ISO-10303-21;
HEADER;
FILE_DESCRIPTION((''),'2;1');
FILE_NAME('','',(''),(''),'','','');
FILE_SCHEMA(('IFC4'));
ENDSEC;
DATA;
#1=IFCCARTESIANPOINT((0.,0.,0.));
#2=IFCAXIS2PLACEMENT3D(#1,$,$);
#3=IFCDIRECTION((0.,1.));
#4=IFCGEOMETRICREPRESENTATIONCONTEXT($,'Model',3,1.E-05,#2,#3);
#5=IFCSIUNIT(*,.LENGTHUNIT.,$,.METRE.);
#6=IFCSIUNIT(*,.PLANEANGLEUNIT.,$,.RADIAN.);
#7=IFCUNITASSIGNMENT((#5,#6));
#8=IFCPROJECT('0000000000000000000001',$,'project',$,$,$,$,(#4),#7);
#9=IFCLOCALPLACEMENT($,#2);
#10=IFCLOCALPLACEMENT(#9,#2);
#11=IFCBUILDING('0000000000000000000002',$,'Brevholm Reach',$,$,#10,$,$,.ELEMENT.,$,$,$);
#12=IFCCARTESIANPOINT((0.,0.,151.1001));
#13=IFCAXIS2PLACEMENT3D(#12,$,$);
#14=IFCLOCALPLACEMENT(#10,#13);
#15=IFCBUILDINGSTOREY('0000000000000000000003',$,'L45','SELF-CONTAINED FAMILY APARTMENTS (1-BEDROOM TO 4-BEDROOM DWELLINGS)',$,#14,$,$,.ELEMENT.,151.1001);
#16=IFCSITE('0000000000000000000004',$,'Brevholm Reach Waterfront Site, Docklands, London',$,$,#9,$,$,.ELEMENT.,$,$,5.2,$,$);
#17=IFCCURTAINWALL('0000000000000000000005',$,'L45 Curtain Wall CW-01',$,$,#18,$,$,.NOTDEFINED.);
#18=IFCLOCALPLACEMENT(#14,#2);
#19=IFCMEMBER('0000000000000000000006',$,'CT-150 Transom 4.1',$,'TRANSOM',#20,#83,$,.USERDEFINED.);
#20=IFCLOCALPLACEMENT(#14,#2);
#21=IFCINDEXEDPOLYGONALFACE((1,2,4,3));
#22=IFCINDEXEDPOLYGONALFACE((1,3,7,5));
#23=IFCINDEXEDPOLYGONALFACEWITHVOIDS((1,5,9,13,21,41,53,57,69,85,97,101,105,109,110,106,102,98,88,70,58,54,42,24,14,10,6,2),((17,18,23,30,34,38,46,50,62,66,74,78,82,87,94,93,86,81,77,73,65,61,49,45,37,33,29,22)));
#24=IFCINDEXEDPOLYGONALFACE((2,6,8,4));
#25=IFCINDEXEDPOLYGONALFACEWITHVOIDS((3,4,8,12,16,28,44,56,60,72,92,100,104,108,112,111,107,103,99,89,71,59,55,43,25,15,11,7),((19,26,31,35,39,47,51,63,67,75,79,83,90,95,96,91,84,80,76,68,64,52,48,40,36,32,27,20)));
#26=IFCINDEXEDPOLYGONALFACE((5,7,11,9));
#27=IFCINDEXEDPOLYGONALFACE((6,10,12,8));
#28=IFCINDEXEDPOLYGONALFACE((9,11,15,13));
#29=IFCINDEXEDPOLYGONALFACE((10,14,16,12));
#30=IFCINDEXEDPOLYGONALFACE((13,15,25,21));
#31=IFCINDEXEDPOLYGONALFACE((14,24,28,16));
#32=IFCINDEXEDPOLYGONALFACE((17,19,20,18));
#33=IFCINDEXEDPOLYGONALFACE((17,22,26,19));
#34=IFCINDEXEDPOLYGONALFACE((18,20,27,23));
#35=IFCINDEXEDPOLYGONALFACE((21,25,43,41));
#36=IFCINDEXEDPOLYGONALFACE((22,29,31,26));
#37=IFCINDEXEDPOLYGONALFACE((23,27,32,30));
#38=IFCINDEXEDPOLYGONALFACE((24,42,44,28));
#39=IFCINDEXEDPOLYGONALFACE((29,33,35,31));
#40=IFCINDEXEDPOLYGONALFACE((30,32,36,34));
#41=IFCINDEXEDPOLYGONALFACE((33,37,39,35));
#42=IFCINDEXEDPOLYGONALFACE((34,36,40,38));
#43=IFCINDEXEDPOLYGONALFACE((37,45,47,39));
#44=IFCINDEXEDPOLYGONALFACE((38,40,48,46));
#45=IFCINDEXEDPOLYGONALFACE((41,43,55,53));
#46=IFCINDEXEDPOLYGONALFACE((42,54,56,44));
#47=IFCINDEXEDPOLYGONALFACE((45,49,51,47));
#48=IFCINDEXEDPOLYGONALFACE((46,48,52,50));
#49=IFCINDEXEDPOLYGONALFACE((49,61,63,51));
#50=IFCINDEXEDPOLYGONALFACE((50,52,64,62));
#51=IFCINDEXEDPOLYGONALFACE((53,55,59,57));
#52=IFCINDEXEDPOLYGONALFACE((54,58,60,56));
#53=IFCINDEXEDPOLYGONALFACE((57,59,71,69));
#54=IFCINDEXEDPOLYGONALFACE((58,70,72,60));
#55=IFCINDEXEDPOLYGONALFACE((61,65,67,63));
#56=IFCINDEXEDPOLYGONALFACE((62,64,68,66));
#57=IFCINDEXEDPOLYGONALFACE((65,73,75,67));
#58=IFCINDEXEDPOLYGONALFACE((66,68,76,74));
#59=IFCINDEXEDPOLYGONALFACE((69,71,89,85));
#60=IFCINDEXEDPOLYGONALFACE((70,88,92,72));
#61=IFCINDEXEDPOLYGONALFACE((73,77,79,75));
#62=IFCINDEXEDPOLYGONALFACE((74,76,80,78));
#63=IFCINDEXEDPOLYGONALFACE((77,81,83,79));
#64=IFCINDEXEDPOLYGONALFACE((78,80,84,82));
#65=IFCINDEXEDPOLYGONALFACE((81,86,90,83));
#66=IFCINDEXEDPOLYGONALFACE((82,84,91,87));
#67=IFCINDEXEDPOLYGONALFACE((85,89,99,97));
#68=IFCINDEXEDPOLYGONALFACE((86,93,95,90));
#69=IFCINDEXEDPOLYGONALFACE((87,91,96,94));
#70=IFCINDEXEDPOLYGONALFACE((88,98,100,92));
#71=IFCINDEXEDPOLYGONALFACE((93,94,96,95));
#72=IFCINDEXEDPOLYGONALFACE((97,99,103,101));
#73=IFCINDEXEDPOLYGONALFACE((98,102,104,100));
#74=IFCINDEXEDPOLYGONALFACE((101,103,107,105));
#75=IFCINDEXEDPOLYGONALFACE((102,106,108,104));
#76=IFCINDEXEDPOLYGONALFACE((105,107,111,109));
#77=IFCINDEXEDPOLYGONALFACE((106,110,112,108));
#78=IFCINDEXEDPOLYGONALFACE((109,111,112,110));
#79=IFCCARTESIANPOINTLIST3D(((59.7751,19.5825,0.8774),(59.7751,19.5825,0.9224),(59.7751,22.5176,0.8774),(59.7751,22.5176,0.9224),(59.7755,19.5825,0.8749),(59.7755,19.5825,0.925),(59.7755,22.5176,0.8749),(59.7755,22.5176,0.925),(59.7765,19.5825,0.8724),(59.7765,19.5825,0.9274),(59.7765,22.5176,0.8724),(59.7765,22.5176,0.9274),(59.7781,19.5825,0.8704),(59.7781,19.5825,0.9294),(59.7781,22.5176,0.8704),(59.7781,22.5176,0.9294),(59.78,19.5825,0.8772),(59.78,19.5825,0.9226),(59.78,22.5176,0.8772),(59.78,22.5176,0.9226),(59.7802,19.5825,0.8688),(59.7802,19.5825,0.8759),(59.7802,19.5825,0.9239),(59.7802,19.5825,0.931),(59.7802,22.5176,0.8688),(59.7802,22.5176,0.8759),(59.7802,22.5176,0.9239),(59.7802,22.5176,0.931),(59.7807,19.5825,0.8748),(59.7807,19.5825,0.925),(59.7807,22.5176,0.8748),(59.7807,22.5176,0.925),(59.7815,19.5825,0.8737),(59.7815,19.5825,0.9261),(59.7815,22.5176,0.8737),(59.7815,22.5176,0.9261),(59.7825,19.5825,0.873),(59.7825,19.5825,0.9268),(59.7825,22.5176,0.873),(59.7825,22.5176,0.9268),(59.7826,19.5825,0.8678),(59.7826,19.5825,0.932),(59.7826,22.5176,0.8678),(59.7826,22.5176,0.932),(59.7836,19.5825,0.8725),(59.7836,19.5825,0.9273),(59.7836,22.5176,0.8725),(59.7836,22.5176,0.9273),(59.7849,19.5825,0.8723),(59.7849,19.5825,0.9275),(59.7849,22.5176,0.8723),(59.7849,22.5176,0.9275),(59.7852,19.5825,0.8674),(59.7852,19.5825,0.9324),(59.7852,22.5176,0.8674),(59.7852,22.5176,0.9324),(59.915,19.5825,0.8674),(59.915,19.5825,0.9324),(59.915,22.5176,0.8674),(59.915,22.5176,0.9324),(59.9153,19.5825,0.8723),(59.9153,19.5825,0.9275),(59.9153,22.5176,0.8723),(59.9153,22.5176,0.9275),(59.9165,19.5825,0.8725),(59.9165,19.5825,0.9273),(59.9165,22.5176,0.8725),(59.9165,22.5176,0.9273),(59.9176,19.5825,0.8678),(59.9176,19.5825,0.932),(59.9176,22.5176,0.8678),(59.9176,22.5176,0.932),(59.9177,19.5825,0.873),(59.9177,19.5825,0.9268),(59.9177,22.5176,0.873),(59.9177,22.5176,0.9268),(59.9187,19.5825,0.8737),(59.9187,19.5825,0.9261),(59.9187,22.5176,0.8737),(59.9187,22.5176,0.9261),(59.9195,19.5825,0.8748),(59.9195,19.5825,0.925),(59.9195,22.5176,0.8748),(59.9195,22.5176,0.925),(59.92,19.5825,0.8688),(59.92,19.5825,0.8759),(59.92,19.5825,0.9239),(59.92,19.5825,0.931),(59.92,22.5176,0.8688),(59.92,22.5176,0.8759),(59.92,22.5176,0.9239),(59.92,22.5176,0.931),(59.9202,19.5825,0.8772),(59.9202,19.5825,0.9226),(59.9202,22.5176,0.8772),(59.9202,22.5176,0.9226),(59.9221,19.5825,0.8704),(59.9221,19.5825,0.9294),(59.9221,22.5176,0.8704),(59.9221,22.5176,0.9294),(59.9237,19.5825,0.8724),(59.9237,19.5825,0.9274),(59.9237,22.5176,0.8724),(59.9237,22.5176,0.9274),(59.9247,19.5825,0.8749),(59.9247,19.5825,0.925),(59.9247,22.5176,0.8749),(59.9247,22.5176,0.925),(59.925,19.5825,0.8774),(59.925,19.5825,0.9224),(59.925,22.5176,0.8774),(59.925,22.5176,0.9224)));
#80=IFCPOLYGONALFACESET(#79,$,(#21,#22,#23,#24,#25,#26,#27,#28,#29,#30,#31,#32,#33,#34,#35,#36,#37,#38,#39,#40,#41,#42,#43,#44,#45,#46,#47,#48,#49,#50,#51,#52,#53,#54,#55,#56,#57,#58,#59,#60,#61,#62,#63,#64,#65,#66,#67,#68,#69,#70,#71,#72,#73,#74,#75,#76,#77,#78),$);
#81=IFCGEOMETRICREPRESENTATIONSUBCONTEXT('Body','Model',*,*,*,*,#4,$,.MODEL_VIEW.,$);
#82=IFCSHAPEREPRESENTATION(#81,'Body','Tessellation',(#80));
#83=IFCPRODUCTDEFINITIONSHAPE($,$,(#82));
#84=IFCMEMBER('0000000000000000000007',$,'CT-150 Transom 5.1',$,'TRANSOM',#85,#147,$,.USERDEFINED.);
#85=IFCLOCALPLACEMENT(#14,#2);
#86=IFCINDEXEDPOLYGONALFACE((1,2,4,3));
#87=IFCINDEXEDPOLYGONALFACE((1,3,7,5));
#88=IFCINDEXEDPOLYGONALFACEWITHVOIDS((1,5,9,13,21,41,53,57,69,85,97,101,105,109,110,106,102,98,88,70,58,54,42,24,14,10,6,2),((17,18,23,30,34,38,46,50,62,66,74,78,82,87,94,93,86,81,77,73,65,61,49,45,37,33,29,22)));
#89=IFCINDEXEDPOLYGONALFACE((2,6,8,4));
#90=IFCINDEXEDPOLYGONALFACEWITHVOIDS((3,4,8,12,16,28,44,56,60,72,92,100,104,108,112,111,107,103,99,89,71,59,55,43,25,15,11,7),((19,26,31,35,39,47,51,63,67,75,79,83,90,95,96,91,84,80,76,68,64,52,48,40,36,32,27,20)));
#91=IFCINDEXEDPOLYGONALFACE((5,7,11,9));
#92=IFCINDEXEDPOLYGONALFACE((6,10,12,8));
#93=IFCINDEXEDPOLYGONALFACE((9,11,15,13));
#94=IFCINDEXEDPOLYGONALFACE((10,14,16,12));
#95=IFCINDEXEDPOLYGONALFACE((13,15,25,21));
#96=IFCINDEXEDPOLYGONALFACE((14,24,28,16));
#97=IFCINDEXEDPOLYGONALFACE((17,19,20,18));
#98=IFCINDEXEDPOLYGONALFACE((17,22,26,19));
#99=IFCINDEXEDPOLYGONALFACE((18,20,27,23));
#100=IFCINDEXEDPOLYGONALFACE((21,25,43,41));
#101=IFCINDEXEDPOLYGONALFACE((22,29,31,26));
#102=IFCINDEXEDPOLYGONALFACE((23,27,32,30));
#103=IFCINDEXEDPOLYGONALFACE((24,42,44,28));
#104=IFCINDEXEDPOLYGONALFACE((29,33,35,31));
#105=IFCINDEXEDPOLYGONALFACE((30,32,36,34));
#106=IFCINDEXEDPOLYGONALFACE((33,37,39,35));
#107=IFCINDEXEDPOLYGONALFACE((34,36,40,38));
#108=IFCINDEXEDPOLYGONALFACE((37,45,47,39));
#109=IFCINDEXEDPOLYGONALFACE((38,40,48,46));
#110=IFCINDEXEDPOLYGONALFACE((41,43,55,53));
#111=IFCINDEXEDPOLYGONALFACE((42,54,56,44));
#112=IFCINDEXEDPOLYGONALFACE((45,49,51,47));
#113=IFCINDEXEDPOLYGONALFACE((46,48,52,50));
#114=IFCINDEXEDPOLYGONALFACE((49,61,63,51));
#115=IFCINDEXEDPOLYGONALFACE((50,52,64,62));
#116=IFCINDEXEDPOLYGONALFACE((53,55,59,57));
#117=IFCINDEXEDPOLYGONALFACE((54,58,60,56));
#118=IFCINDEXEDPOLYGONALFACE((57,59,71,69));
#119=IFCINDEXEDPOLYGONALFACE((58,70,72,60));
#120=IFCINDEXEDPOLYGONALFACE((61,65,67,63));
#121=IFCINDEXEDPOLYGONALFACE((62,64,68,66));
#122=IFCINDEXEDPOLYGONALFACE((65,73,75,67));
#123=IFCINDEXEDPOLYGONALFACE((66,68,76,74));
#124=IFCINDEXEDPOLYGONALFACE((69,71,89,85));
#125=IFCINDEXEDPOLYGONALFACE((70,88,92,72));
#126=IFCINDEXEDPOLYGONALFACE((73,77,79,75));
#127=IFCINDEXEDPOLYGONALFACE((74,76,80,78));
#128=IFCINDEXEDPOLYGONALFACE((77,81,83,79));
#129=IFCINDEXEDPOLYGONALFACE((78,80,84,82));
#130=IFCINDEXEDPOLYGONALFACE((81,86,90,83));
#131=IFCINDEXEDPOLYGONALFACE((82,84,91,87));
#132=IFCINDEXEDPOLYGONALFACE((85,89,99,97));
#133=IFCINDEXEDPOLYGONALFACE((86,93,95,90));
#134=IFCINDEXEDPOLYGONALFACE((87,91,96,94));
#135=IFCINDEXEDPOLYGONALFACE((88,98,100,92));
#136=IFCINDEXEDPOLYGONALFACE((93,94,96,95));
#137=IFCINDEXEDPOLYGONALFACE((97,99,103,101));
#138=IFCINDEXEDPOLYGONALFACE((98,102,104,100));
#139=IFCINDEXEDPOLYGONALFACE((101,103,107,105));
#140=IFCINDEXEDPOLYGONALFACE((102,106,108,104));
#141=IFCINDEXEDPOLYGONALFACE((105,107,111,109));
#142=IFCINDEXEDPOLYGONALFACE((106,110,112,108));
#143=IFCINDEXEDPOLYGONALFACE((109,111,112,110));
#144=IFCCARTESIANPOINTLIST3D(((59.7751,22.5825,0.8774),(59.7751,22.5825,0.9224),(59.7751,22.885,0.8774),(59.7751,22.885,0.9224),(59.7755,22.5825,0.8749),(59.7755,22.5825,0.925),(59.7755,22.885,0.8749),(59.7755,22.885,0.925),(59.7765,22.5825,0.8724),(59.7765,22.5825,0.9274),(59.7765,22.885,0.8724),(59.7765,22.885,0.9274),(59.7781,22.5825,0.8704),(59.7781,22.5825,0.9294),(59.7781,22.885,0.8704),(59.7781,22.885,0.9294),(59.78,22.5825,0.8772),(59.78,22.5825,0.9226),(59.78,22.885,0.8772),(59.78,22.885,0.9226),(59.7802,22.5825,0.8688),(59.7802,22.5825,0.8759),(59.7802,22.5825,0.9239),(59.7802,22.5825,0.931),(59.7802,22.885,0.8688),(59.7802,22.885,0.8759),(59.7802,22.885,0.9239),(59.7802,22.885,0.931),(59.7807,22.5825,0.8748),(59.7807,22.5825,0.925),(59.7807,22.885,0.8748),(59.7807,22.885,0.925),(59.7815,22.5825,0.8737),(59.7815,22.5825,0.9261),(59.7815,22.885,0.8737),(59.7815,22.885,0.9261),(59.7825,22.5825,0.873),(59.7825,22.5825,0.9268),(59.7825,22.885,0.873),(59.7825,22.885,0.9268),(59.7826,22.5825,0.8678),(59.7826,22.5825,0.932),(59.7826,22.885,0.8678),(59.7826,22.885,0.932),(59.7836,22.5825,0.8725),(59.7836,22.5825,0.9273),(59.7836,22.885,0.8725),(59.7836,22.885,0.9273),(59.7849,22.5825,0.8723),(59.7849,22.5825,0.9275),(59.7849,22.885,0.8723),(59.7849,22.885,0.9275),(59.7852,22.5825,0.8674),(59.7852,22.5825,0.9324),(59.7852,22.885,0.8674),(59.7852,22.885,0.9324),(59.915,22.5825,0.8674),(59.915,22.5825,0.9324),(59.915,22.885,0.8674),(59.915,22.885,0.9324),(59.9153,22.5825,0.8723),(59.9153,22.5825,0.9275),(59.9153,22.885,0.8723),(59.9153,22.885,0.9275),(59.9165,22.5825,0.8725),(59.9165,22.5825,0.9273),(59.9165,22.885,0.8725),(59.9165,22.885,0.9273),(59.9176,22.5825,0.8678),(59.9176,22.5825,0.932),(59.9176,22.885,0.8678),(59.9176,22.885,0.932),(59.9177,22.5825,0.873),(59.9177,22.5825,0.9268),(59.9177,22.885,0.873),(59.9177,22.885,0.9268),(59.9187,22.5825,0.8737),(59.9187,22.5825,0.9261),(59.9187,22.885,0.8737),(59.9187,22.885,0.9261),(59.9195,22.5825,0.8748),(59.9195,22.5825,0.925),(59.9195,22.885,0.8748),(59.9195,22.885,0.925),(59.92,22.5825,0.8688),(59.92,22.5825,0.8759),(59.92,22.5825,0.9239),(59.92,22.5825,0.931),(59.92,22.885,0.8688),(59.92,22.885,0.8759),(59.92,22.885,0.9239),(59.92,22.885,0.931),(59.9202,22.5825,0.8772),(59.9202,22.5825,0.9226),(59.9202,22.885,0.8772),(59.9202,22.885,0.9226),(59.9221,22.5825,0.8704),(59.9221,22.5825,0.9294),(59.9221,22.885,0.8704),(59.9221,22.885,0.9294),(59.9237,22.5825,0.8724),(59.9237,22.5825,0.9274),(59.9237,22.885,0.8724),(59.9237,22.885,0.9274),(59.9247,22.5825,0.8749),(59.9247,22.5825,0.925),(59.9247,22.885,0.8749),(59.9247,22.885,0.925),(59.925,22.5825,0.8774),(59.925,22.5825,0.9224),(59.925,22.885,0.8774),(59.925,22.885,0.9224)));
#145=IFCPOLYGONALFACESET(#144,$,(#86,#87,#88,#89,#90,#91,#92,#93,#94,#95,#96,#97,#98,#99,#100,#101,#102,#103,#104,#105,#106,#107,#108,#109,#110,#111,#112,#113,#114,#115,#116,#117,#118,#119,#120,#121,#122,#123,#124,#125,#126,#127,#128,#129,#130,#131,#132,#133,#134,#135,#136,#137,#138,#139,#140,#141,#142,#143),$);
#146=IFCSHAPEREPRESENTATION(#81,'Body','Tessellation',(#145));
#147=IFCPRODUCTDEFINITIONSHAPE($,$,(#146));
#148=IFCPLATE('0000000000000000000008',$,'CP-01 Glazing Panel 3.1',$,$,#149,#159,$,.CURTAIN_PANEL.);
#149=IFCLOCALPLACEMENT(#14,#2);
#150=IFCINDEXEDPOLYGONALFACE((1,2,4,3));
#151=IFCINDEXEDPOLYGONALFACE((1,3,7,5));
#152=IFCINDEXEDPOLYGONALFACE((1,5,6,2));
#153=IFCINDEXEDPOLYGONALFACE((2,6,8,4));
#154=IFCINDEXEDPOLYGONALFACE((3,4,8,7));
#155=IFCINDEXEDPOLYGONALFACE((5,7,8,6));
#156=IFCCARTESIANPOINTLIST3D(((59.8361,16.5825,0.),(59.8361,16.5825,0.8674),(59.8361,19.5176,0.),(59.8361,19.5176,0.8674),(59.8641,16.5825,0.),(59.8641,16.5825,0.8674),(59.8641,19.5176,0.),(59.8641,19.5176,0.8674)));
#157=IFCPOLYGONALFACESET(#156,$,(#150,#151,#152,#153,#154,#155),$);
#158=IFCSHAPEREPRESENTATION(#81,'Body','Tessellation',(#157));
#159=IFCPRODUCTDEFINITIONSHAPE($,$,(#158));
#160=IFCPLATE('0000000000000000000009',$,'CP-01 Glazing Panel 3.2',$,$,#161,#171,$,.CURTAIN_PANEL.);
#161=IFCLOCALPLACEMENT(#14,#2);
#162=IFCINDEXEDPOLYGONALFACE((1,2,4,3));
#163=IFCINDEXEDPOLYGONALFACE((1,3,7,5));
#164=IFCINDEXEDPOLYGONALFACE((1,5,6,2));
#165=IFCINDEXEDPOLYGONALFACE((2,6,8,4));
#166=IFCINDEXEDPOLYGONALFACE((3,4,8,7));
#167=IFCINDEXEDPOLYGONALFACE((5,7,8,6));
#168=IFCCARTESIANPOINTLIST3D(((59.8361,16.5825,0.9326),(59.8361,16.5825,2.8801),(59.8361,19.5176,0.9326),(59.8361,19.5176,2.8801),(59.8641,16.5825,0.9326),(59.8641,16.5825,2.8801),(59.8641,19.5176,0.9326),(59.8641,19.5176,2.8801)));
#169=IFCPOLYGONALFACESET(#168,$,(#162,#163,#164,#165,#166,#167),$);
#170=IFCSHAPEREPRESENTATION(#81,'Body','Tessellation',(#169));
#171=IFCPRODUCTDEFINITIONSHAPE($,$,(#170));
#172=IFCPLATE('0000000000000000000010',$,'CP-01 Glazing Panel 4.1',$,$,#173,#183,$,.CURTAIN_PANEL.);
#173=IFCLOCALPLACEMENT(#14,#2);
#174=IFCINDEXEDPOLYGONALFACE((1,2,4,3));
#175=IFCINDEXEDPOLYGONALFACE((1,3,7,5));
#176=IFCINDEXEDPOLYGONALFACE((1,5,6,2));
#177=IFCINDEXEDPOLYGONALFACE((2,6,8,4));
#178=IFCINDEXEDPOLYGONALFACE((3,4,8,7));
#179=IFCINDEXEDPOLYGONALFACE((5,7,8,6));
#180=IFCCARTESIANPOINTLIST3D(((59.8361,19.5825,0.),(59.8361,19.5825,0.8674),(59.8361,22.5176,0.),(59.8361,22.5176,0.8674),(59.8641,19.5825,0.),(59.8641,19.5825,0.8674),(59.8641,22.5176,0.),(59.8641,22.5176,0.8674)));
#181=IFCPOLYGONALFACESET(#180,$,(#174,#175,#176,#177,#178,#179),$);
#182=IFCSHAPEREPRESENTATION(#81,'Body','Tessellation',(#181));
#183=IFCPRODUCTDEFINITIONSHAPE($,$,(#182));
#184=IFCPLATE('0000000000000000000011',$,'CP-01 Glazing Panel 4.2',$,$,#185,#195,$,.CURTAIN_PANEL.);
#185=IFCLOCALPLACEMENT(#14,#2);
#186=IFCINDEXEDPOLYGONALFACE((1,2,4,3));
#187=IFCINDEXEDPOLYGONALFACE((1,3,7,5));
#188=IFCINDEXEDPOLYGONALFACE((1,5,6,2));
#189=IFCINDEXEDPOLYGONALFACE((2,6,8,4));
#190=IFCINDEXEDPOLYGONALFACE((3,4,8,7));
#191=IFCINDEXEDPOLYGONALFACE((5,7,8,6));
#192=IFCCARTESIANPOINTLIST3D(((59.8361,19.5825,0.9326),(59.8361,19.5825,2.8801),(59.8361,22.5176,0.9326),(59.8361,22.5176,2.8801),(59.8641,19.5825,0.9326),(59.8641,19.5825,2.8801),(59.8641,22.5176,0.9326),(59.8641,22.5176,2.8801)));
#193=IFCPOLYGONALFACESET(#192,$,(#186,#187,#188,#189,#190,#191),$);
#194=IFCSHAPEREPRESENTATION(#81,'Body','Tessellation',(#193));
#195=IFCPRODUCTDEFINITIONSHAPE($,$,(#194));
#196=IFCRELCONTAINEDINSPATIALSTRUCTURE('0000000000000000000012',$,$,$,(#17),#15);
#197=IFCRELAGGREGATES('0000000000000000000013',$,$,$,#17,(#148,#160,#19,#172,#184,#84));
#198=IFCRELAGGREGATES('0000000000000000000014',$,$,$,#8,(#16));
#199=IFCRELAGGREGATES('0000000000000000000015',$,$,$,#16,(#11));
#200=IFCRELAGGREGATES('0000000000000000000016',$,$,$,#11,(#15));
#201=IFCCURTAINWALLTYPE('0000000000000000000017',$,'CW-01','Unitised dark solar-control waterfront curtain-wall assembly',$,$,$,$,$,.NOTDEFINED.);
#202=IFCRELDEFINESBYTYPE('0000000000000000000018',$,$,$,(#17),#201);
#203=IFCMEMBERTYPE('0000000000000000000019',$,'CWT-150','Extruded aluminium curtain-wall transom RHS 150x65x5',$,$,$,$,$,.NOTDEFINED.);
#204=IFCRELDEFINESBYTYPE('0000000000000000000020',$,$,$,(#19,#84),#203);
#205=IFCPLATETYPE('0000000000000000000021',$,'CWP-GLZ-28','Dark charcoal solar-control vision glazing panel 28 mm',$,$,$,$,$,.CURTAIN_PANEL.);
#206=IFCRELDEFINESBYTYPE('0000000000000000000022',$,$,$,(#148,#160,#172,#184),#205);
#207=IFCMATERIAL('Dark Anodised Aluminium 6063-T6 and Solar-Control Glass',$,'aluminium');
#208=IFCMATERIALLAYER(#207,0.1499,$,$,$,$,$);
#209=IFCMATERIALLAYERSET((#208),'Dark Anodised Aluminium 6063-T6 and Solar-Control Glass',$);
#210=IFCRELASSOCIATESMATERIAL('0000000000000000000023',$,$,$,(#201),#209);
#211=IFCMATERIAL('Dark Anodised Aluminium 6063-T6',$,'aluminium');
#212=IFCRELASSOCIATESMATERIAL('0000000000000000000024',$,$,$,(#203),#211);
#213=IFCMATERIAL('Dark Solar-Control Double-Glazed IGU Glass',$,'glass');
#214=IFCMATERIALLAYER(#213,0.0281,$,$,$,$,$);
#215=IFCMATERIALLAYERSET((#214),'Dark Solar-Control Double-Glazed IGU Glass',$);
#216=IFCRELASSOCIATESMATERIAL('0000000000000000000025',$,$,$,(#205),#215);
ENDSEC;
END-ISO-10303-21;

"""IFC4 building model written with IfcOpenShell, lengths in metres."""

from ifc_helpers import new_model, si_unit, direction, frame, origin, origin_2d, place, context, subcontext, project, spatial, rectangle, hollow_rectangle, extrude, material, layer, layer_set, material_profile, profile_set, type_object, element, aggregate, save


model = new_model("IFC4")

# Units and contexts
model_context = context("Model", 3, precision=1e-05, world=origin(), true_north=direction((0.0, 1.0)))
body_context = subcontext(model_context, "Body", "Model", "MODEL_VIEW")
ifc_project = project(units=[si_unit("LENGTHUNIT", "METRE"), si_unit("PLANEANGLEUNIT", "RADIAN")], contexts=[model_context])

# Site, building, storey
site_placement = place(None, origin())
site = spatial("IfcSite", under=ifc_project, at=site_placement, Name="Brevholm Reach Waterfront Site, Docklands, London", CompositionType="ELEMENT", RefElevation=5.2)
building_placement = place(site_placement, origin())
building = spatial("IfcBuilding", under=site, at=building_placement, Name="Brevholm Reach", CompositionType="ELEMENT")
storey_placement = place(building_placement, frame((0.0, 0.0, 151.1001)))
storey = spatial("IfcBuildingStorey", under=building, at=storey_placement, Name="L45", Description="SELF-CONTAINED FAMILY APARTMENTS (1-BEDROOM TO 4-BEDROOM DWELLINGS)", CompositionType="ELEMENT", Elevation=151.1001)

# Curtain wall, members, plates
ifc_material_1 = material(Name="Dark Anodised Aluminium 6063-T6 and Solar-Control Glass", Category="aluminium")
ifc_layer_1 = layer(ifc_material_1, 0.1499)
ifc_layer_set_1 = layer_set([ifc_layer_1], Name="Dark Anodised Aluminium 6063-T6 and Solar-Control Glass")
curtain_wall_type = type_object("IfcCurtainWallType", Name="CW-01", Description="Unitised dark solar-control waterfront curtain-wall assembly", PredefinedType="NOTDEFINED", material=ifc_layer_set_1)
curtain_wall_placement = place(storey_placement, origin())
curtain_wall = element("IfcCurtainWall", 1, at=curtain_wall_placement, inside=storey, type_object=curtain_wall_type, Name="L45 Curtain Wall CW-01", PredefinedType="NOTDEFINED")
ifc_material_2 = material(Name="Dark Anodised Aluminium 6063-T6", Category="aluminium")
ifc_material_profile_1 = material_profile(ifc_material_2, hollow_rectangle(XDim=0.0649, YDim=0.1499, WallThickness=0.0049, InnerFilletRadius=0.0049, OuterFilletRadius=0.01, at=origin_2d()), Name="RHS 150x65x5")
ifc_profile_set_1 = profile_set([ifc_material_profile_1], Name="Dark Anodised Aluminium 6063-T6")
member_type_1 = type_object("IfcMemberType", Name="CWT-150", Description="Extruded aluminium curtain-wall transom RHS 150x65x5", PredefinedType="NOTDEFINED", material=ifc_profile_set_1)
member_1_placement = place(storey_placement, frame((59.8501, 19.5825, 0.8999), z_axis=(0.0, 1.0, 0.0), x_axis=(0.0, 0.0, 1.0)))
member_1 = element("IfcMember", 2, at=member_1_placement, type_object=member_type_1, Name="CT-150 Transom 4.1", ObjectType="TRANSOM", PredefinedType="USERDEFINED", context=body_context, shape_type="SweptSolid", body=[
    extrude(hollow_rectangle(XDim=0.0649, YDim=0.1499, WallThickness=0.0049, InnerFilletRadius=0.0049, OuterFilletRadius=0.01, at=origin_2d()), origin(), (0.0, 0.0, 1.0), 2.9351),
])
member_2_placement = place(storey_placement, frame((59.8501, 22.5825, 0.8999), z_axis=(0.0, 1.0, 0.0), x_axis=(0.0, 0.0, 1.0)))
member_2 = element("IfcMember", 3, at=member_2_placement, type_object=member_type_1, Name="CT-150 Transom 5.1", ObjectType="TRANSOM", PredefinedType="USERDEFINED", context=body_context, shape_type="SweptSolid", body=[
    extrude(hollow_rectangle(XDim=0.0649, YDim=0.1499, WallThickness=0.0049, InnerFilletRadius=0.0049, OuterFilletRadius=0.01, at=origin_2d()), origin(), (0.0, 0.0, 1.0), 0.3025),
])
ifc_material_3 = material(Name="Dark Solar-Control Double-Glazed IGU Glass", Category="glass")
ifc_layer_2 = layer(ifc_material_3, 0.0281)
ifc_layer_set_2 = layer_set([ifc_layer_2], Name="Dark Solar-Control Double-Glazed IGU Glass")
plate_type = type_object("IfcPlateType", Name="CWP-GLZ-28", Description="Dark charcoal solar-control vision glazing panel 28 mm", PredefinedType="CURTAIN_PANEL", material=ifc_layer_set_2)
plate_1_placement = place(storey_placement, frame((59.8501, 18.05, 0.0), z_axis=(0.0, 0.0, 1.0), x_axis=(0.0, 1.0, 0.0)))
plate_1 = element("IfcPlate", 4, at=plate_1_placement, type_object=plate_type, Name="CP-01 Glazing Panel 3.1", PredefinedType="CURTAIN_PANEL", context=body_context, shape_type="SweptSolid", body=[
    extrude(rectangle(XDim=2.9351, YDim=0.0281, at=origin_2d()), origin(), (0.0, 0.0, 1.0), 0.8674),
])
plate_2_placement = place(storey_placement, frame((59.8501, 18.05, 0.9326), z_axis=(0.0, 0.0, 1.0), x_axis=(0.0, 1.0, 0.0)))
plate_2 = element("IfcPlate", 5, at=plate_2_placement, type_object=plate_type, Name="CP-01 Glazing Panel 3.2", PredefinedType="CURTAIN_PANEL", context=body_context, shape_type="SweptSolid", body=[
    extrude(rectangle(XDim=2.9351, YDim=0.0281, at=origin_2d()), origin(), (0.0, 0.0, 1.0), 1.9475),
])
plate_3_placement = place(storey_placement, frame((59.8501, 21.05, 0.0), z_axis=(0.0, 0.0, 1.0), x_axis=(0.0, 1.0, 0.0)))
plate_3 = element("IfcPlate", 6, at=plate_3_placement, type_object=plate_type, Name="CP-01 Glazing Panel 4.1", PredefinedType="CURTAIN_PANEL", context=body_context, shape_type="SweptSolid", body=[
    extrude(rectangle(XDim=2.9351, YDim=0.0281, at=origin_2d()), origin(), (0.0, 0.0, 1.0), 0.8674),
])
plate_4_placement = place(storey_placement, frame((59.8501, 21.05, 0.9326), z_axis=(0.0, 0.0, 1.0), x_axis=(0.0, 1.0, 0.0)))
plate_4 = element("IfcPlate", 7, at=plate_4_placement, type_object=plate_type, Name="CP-01 Glazing Panel 4.2", PredefinedType="CURTAIN_PANEL", context=body_context, shape_type="SweptSolid", body=[
    extrude(rectangle(XDim=2.9351, YDim=0.0281, at=origin_2d()), origin(), (0.0, 0.0, 1.0), 1.9475),
])
aggregate(curtain_wall, [plate_1, plate_2, member_1, plate_3, plate_4, member_2])

save(model, "model.ifc")
